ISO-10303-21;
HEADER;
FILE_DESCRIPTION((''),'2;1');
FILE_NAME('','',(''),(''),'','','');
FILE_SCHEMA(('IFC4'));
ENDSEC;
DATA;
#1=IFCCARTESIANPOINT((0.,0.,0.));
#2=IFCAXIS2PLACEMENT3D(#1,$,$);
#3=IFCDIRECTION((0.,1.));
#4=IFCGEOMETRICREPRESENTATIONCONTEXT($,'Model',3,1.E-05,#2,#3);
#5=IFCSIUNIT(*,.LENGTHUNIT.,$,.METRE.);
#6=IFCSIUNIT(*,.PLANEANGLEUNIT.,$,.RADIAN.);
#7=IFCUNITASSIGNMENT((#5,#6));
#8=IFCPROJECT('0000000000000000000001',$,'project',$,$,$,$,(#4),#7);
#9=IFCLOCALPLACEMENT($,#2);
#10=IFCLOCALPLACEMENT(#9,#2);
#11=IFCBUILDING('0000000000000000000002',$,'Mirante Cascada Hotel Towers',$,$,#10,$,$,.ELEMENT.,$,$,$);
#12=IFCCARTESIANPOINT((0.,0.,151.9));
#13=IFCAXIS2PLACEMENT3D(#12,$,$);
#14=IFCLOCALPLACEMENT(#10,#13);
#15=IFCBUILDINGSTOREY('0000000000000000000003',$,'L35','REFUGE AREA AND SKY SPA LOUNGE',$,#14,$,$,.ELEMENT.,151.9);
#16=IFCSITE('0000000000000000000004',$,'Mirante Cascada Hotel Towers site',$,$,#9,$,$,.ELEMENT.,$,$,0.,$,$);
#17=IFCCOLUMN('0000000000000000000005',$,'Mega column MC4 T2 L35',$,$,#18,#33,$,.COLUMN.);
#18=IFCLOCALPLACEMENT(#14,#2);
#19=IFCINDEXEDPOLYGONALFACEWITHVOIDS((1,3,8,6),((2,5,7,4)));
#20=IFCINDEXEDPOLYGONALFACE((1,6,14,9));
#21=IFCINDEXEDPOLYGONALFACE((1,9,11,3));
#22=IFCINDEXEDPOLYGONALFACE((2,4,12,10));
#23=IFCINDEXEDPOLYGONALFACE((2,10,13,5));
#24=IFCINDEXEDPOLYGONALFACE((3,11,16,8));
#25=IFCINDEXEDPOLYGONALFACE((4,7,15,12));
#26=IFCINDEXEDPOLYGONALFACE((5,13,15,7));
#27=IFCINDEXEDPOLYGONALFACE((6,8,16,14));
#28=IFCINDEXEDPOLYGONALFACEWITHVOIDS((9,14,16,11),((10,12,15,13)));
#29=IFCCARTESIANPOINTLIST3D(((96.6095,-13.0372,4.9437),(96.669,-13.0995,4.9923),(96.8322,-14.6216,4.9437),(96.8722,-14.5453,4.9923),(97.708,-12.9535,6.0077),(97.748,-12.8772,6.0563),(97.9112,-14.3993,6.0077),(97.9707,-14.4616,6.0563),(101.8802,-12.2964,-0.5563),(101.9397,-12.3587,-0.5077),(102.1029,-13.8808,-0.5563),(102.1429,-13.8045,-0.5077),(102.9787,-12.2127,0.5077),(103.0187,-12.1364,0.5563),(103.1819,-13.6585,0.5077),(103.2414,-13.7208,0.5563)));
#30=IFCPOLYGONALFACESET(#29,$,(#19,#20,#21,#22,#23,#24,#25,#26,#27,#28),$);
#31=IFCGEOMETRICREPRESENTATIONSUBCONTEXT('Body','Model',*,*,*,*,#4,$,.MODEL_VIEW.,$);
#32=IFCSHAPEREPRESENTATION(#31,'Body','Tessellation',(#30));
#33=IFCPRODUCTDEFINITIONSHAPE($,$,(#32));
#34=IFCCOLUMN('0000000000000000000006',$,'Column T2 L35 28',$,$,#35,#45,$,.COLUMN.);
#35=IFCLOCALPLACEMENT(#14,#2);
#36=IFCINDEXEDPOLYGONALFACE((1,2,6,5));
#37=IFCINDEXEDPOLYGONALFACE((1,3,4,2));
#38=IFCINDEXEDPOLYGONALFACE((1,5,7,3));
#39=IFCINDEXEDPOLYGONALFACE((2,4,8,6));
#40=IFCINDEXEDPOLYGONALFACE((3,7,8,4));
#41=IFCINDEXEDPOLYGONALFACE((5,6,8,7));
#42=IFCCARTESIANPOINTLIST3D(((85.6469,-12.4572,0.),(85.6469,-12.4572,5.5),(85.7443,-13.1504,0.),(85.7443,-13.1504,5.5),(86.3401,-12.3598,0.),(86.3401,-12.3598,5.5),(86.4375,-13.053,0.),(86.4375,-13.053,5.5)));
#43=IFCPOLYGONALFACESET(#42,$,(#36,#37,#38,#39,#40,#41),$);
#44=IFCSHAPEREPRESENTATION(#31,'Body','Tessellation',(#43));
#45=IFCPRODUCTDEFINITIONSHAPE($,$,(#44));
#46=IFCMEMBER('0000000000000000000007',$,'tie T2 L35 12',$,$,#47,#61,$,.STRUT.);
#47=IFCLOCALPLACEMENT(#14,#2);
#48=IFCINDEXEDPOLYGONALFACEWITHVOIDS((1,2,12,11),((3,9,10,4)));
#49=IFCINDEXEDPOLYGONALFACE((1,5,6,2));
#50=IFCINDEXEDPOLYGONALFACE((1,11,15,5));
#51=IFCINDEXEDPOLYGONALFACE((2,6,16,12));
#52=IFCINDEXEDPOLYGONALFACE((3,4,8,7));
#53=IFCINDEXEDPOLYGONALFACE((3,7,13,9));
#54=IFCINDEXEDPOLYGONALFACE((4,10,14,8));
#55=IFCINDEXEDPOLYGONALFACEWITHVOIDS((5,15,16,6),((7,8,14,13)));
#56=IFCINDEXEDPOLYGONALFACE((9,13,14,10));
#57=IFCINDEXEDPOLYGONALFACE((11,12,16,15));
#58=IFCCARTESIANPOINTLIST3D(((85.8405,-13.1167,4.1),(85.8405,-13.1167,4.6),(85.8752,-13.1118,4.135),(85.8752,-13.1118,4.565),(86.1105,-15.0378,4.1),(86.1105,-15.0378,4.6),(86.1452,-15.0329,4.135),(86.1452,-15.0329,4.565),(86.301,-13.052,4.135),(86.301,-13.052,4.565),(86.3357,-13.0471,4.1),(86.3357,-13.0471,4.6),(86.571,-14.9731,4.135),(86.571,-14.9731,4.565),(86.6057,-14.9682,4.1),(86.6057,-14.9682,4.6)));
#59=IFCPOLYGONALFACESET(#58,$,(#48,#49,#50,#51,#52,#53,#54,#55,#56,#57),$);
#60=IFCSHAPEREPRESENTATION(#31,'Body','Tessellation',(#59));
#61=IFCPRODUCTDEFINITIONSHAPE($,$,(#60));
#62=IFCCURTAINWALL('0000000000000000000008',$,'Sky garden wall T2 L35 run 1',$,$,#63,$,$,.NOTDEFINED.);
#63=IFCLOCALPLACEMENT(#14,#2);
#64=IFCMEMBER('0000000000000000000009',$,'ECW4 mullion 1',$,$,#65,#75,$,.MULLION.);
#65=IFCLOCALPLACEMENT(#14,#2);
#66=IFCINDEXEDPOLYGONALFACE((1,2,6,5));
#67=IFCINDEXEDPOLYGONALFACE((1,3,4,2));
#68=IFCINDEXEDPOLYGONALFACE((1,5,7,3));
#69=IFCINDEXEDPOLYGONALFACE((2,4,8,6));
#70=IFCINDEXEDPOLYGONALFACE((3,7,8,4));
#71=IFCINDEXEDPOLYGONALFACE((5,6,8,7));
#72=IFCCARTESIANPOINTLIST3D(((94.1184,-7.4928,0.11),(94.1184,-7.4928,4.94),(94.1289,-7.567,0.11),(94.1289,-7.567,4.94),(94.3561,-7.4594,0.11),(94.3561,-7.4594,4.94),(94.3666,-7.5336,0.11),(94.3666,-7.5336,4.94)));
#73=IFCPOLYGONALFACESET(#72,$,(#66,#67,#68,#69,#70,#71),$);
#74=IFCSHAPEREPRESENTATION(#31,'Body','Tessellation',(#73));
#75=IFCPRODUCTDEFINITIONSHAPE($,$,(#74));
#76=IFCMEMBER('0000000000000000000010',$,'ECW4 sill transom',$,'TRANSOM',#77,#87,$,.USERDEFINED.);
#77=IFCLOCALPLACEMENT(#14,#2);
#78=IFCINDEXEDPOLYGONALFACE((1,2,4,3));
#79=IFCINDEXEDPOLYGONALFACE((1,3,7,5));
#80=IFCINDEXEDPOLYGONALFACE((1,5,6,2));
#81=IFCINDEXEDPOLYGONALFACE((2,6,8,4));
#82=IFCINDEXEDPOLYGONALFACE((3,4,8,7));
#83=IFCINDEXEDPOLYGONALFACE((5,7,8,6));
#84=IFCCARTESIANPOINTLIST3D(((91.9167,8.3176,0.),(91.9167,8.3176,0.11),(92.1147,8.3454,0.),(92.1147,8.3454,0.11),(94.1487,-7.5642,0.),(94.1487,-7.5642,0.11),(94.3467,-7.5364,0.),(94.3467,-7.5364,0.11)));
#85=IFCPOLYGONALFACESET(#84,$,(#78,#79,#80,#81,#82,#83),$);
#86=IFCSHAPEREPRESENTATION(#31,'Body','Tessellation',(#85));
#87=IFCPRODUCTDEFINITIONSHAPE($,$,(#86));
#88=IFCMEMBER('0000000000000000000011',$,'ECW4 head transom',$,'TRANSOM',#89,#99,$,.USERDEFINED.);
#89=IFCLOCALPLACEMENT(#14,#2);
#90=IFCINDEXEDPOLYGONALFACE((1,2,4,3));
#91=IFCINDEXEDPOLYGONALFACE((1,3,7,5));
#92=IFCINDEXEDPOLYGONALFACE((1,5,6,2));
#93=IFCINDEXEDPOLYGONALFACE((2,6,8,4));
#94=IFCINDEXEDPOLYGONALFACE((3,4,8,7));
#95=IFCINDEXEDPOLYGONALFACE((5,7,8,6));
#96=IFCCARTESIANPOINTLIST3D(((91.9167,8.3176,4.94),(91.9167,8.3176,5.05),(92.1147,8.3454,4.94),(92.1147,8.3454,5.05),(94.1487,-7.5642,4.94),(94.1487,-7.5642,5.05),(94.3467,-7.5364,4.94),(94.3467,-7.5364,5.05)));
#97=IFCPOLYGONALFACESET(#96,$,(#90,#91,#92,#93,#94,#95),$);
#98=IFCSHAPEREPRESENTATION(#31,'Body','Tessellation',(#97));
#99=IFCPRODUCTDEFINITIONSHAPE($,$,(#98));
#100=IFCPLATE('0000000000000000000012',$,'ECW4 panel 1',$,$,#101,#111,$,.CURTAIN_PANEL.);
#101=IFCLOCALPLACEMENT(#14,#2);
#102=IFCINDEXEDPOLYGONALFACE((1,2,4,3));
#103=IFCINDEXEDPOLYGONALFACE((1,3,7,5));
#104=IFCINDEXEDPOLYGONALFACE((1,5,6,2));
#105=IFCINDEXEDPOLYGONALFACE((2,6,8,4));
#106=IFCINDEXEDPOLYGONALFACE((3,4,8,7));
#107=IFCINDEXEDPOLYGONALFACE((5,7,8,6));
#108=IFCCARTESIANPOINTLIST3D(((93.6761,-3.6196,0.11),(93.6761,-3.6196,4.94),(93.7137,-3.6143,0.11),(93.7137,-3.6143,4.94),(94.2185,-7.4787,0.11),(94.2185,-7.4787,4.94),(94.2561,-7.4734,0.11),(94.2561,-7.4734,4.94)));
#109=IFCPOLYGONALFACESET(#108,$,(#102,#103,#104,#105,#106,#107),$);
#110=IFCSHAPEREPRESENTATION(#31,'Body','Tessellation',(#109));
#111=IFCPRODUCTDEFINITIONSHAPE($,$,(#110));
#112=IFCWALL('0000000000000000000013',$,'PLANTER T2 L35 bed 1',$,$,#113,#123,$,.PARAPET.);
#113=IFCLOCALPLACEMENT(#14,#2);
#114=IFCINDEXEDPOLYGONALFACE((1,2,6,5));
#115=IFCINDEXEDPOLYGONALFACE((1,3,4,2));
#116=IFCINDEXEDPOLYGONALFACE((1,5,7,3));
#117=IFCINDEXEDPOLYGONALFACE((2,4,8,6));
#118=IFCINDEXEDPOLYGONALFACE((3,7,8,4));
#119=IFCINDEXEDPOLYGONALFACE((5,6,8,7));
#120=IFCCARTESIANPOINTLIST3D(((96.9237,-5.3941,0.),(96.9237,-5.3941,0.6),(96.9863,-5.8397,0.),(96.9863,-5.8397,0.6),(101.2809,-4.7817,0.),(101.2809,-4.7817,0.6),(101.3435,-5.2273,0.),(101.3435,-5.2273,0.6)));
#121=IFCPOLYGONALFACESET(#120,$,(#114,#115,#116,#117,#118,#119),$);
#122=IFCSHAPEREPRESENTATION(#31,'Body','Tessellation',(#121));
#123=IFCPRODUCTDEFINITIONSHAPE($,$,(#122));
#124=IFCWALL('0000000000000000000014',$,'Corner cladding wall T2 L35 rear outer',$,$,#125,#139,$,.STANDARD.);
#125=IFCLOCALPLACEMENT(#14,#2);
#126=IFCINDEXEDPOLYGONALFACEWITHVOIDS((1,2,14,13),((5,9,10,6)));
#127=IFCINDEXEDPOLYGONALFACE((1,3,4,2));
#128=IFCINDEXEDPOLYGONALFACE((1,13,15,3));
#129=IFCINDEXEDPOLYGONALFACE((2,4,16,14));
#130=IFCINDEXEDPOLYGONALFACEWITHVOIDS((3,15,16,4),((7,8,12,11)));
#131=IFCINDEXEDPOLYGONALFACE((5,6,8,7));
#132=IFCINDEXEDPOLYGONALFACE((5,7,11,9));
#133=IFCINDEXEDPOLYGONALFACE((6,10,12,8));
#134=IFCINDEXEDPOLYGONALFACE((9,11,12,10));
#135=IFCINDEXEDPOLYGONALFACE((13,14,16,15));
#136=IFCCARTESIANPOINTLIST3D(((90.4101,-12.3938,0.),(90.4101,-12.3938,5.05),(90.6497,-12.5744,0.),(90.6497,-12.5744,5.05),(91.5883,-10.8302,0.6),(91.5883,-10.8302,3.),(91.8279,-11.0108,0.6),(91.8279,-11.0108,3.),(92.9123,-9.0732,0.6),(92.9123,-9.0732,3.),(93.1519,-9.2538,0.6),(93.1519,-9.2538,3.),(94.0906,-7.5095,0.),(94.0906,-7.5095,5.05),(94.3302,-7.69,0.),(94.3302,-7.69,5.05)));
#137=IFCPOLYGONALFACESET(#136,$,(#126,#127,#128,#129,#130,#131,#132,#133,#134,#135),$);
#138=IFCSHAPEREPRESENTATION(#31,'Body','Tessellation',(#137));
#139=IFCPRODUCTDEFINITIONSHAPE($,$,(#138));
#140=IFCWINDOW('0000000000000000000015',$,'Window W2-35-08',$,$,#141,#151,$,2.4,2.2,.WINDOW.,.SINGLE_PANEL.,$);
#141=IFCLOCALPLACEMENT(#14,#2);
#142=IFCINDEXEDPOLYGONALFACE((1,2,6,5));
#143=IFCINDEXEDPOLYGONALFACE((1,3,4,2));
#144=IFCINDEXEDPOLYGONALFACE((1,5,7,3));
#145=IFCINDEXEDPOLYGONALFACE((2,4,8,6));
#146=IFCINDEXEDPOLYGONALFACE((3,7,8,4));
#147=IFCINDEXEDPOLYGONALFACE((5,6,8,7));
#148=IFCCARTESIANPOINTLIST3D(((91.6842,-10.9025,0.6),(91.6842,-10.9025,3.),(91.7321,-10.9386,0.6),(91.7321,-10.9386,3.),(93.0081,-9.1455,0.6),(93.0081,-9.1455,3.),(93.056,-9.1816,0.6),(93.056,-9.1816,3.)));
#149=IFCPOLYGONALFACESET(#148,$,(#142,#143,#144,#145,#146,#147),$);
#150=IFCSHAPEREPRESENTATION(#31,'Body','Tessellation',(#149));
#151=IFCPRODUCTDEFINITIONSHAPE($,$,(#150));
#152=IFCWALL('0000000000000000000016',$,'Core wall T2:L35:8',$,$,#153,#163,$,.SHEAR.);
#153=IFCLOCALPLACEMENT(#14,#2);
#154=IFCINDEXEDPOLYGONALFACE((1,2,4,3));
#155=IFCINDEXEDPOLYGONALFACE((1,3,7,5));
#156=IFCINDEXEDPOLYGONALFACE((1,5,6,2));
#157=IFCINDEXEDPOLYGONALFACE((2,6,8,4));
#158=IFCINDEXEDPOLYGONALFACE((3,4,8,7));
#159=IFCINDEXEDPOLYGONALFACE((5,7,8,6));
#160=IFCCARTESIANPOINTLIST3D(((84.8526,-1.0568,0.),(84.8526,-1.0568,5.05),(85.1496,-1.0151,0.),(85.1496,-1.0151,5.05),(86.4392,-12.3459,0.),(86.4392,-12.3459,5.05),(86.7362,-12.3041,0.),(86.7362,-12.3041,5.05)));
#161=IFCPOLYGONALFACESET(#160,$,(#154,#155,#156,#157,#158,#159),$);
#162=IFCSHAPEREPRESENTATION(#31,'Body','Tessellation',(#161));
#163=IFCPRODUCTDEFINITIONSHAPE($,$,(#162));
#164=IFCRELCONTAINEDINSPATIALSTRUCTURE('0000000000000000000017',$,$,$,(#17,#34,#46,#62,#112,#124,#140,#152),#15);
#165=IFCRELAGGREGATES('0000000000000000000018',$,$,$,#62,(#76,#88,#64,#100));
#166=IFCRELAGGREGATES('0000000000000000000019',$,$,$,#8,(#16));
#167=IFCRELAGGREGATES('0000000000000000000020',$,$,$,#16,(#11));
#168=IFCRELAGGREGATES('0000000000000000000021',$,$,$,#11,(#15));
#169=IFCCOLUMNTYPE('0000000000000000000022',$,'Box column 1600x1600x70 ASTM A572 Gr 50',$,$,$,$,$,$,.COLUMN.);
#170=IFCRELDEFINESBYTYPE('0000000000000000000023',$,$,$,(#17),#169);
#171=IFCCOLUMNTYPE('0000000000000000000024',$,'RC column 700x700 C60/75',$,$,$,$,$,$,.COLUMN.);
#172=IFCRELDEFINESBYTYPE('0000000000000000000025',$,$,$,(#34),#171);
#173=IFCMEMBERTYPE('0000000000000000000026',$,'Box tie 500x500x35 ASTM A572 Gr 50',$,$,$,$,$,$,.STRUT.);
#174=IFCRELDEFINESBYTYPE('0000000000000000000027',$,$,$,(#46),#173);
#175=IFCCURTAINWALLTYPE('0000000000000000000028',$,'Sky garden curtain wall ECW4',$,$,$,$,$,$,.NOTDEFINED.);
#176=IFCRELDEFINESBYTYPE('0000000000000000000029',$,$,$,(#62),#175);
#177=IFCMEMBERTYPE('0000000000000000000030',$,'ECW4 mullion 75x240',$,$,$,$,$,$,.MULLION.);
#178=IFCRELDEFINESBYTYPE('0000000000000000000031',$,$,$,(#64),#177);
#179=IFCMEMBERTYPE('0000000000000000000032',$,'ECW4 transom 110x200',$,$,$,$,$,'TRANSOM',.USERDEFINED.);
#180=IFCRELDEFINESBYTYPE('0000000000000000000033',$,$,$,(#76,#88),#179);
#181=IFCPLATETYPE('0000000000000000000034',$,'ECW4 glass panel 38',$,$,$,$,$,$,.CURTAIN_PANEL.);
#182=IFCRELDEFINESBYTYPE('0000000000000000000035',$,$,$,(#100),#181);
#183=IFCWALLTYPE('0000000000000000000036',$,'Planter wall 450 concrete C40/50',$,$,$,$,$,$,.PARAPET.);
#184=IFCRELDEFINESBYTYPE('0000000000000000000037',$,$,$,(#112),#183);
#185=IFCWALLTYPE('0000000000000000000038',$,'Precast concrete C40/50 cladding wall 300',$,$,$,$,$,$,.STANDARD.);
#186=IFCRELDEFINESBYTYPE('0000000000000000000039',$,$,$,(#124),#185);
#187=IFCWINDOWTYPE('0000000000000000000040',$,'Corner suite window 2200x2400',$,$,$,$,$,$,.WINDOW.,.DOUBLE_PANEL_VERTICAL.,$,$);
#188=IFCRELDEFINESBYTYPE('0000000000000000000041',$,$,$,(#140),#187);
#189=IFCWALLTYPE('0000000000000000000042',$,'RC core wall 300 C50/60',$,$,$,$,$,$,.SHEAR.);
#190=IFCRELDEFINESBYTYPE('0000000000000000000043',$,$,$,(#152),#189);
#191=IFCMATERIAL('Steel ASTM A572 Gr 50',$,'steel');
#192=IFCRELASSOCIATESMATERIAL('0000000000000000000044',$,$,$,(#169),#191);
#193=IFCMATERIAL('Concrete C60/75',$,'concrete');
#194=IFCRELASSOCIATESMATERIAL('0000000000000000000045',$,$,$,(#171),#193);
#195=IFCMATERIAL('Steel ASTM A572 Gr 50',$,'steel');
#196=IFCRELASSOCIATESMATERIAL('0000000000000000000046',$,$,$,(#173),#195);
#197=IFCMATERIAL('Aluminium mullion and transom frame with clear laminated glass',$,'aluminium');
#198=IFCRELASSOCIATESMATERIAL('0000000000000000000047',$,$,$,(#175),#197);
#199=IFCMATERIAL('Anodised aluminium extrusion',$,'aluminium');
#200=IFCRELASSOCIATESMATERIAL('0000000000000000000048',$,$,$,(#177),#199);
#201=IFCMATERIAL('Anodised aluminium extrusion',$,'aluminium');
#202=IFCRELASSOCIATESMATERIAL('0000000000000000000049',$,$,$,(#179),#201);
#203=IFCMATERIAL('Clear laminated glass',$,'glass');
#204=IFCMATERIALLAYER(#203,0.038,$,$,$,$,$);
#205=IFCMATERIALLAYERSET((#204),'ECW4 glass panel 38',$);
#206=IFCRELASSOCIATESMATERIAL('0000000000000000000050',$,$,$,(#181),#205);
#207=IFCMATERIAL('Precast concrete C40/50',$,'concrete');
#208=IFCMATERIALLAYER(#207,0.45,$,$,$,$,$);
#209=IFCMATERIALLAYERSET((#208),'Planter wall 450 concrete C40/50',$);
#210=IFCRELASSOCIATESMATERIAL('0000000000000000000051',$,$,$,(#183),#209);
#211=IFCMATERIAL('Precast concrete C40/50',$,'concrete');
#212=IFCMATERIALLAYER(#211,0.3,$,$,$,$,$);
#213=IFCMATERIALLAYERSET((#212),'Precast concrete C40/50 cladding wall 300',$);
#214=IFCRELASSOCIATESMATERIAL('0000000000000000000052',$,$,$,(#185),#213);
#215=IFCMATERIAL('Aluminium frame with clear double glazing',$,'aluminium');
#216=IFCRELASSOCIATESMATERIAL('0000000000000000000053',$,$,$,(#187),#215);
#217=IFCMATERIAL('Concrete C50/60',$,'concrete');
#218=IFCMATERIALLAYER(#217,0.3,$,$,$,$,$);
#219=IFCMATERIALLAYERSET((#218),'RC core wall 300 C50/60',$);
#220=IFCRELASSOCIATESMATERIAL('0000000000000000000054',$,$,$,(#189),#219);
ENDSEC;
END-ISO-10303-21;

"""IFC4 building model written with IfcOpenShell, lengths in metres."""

from ifc_helpers import new_model, si_unit, direction, frame, frame_2d, origin, origin_2d, place, context, subcontext, project, spatial, rectangle, hollow_rectangle, extrude, material, layer, layer_set, material_profile, profile_set, type_object, element, fill, aggregate, save


model = new_model("IFC4")

# Units and contexts
model_context = context("Model", 3, precision=1e-05, world=origin(), true_north=direction((0.0, 1.0)))
body_context = subcontext(model_context, "Body", "Model", "MODEL_VIEW")
ifc_project = project(units=[si_unit("LENGTHUNIT", "METRE"), si_unit("PLANEANGLEUNIT", "RADIAN")], contexts=[model_context])

# Site, building, storey
site_placement = place(None, origin())
site = spatial("IfcSite", under=ifc_project, at=site_placement, Name="Mirante Cascada Hotel Towers site", CompositionType="ELEMENT", RefElevation=0.0)
building_placement = place(site_placement, origin())
building = spatial("IfcBuilding", under=site, at=building_placement, Name="Mirante Cascada Hotel Towers", CompositionType="ELEMENT")
storey_placement = place(building_placement, frame((0.0, 0.0, 151.9)))
storey = spatial("IfcBuildingStorey", under=building, at=storey_placement, Name="L35", Description="REFUGE AREA AND SKY SPA LOUNGE", CompositionType="ELEMENT", Elevation=151.9)

# Columns
ifc_material_1 = material(Name="Steel ASTM A572 Gr 50", Category="steel")
ifc_material_profile_1 = material_profile(ifc_material_1, hollow_rectangle(XDim=1.6, YDim=1.6, WallThickness=0.07, at=origin_2d()), Name="Box column 1600x1600x70 ASTM A572 Gr 50")
ifc_profile_set_1 = profile_set([ifc_material_profile_1], Name="Steel ASTM A572 Gr 50")
column_type_1 = type_object("IfcColumnType", Name="Box column 1600x1600x70 ASTM A572 Gr 50", PredefinedType="COLUMN", material=ifc_profile_set_1)
column_1_placement = place(storey_placement, frame((102.5608, -13.0086, 0.0), z_axis=(-0.688648, -0.09679, 0.718607), x_axis=(0.139183, -0.990267, 0.0)))
element("IfcColumn", 1, at=column_1_placement, inside=storey, type_object=column_type_1, Name="Mega column MC4 T2 L35", PredefinedType="COLUMN", context=body_context, shape_type="SweptSolid", body=[
    extrude(hollow_rectangle(XDim=1.6, YDim=1.6, WallThickness=0.07, at=origin_2d()), origin(), (0.0, 0.0, 1.0), 7.6537),
])
ifc_material_2 = material(Name="Concrete C60/75", Category="concrete")
ifc_material_profile_2 = material_profile(ifc_material_2, rectangle(XDim=0.7, YDim=0.7, at=origin_2d()), Name="RC column 700x700 C60/75")
ifc_profile_set_2 = profile_set([ifc_material_profile_2], Name="Concrete C60/75")
column_type_2 = type_object("IfcColumnType", Name="RC column 700x700 C60/75", PredefinedType="COLUMN", material=ifc_profile_set_2)
column_2_placement = place(storey_placement, frame((86.0422, -12.7551, 0.0), z_axis=(0.0, 0.0, 1.0), x_axis=(0.990268, 0.139173, 0.0)))
element("IfcColumn", 2, at=column_2_placement, inside=storey, type_object=column_type_2, Name="Column T2 L35 28", PredefinedType="COLUMN", context=body_context, shape_type="SweptSolid", body=[
    extrude(rectangle(XDim=0.7, YDim=0.7, at=origin_2d()), origin(), (0.0, 0.0, 1.0), 5.5),
])

# Member
ifc_material_3 = material(Name="Steel ASTM A572 Gr 50", Category="steel")
ifc_material_profile_3 = material_profile(ifc_material_3, hollow_rectangle(XDim=0.5, YDim=0.5, WallThickness=0.035, at=origin_2d()), Name="Box tie 500x500x35 ASTM A572 Gr 50")
ifc_profile_set_3 = profile_set([ifc_material_profile_3], Name="Steel ASTM A572 Gr 50")
member_type_1 = type_object("IfcMemberType", Name="Box tie 500x500x35 ASTM A572 Gr 50", PredefinedType="STRUT", material=ifc_profile_set_3)
member_1_placement = place(storey_placement, frame((86.0881, -13.0819, 4.35), z_axis=(0.139177, -0.990268, 0.0), x_axis=(0.990268, 0.139177, 0.0)))
element("IfcMember", 3, at=member_1_placement, inside=storey, type_object=member_type_1, Name="tie T2 L35 12", PredefinedType="STRUT", context=body_context, shape_type="SweptSolid", body=[
    extrude(hollow_rectangle(XDim=0.5, YDim=0.5, WallThickness=0.035, at=origin_2d()), origin(), (0.0, 0.0, 1.0), 1.94),
])

# Curtain wall, members, plate
ifc_material_4 = material(Name="Aluminium mullion and transom frame with clear laminated glass", Category="aluminium")
curtain_wall_type = type_object("IfcCurtainWallType", Name="Sky garden curtain wall ECW4", PredefinedType="NOTDEFINED", material=ifc_material_4)
curtain_wall_placement = place(storey_placement, origin())
curtain_wall = element("IfcCurtainWall", 4, at=curtain_wall_placement, inside=storey, type_object=curtain_wall_type, Name="Sky garden wall T2 L35 run 1", PredefinedType="NOTDEFINED")
ifc_material_5 = material(Name="Anodised aluminium extrusion", Category="aluminium")
ifc_material_profile_4 = material_profile(ifc_material_5, rectangle(XDim=0.24, YDim=0.075, at=origin_2d()), Name="ECW4 MULLION 75x240")
ifc_profile_set_4 = profile_set([ifc_material_profile_4], Name="Anodised aluminium extrusion")
member_type_2 = type_object("IfcMemberType", Name="ECW4 mullion 75x240", PredefinedType="MULLION", material=ifc_profile_set_4)
member_2_placement = place(storey_placement, frame((94.2425, -7.5132, 0.11), z_axis=(0.0, 0.0, 1.0), x_axis=(-0.990268, -0.139173, 0.0)))
member_2 = element("IfcMember", 5, at=member_2_placement, type_object=member_type_2, Name="ECW4 mullion 1", PredefinedType="MULLION", context=body_context, shape_type="SweptSolid", body=[
    extrude(rectangle(XDim=0.24, YDim=0.075, at=origin_2d()), origin(), (0.0, 0.0, 1.0), 4.83),
])
ifc_material_6 = material(Name="Anodised aluminium extrusion", Category="aluminium")
ifc_material_profile_5 = material_profile(ifc_material_6, rectangle(XDim=0.2, YDim=0.11, at=origin_2d()), Name="ECW4 TRANSOM 110x200")
ifc_profile_set_5 = profile_set([ifc_material_profile_5], Name="Anodised aluminium extrusion")
member_type_3 = type_object("IfcMemberType", Name="ECW4 transom 110x200", ElementType="TRANSOM", PredefinedType="USERDEFINED", material=ifc_profile_set_5)
member_3_placement = place(storey_placement, frame((94.2477, -7.5503, 0.055), z_axis=(-0.139171, 0.990268, 0.0), x_axis=(-0.990268, -0.139171, 0.0)))
member_3 = element("IfcMember", 6, at=member_3_placement, type_object=member_type_3, Name="ECW4 sill transom", ObjectType="TRANSOM", PredefinedType="USERDEFINED", context=body_context, shape_type="SweptSolid", body=[
    extrude(rectangle(XDim=0.2, YDim=0.11, at=origin_2d()), origin(), (0.0, 0.0, 1.0), 16.0379),
])
member_4_placement = place(storey_placement, frame((94.2477, -7.5503, 4.995), z_axis=(-0.139171, 0.990268, 0.0), x_axis=(-0.990268, -0.139171, 0.0)))
member_4 = element("IfcMember", 7, at=member_4_placement, type_object=member_type_3, Name="ECW4 head transom", ObjectType="TRANSOM", PredefinedType="USERDEFINED", context=body_context, shape_type="SweptSolid", body=[
    extrude(rectangle(XDim=0.2, YDim=0.11, at=origin_2d()), origin(), (0.0, 0.0, 1.0), 16.0379),
])
ifc_material_7 = material(Name="Clear laminated glass", Category="glass")
ifc_layer_1 = layer(ifc_material_7, 0.038)
ifc_layer_set_1 = layer_set([ifc_layer_1], Name="ECW4 glass panel 38")
plate_type = type_object("IfcPlateType", Name="ECW4 glass panel 38", PredefinedType="CURTAIN_PANEL", material=ifc_layer_set_1)
plate_placement = place(storey_placement, frame((93.9661, -5.5465, 0.11), z_axis=(0.0, 0.0, 1.0), x_axis=(-0.139173, 0.990268, 0.0)))
plate = element("IfcPlate", 8, at=plate_placement, type_object=plate_type, Name="ECW4 panel 1", PredefinedType="CURTAIN_PANEL", context=body_context, shape_type="SweptSolid", body=[
    extrude(rectangle(XDim=3.897, YDim=0.038, at=origin_2d()), origin(), (0.0, 0.0, 1.0), 4.83),
])
aggregate(curtain_wall, [member_3, member_4, member_2, plate])

# Wall
ifc_material_8 = material(Name="Precast concrete C40/50", Category="concrete")
ifc_layer_2 = layer(ifc_material_8, 0.45)
ifc_layer_set_2 = layer_set([ifc_layer_2], Name="Planter wall 450 concrete C40/50")
wall_type_1 = type_object("IfcWallType", Name="Planter wall 450 concrete C40/50", PredefinedType="PARAPET", material=ifc_layer_set_2)
wall_1_placement = place(storey_placement, frame((96.955, -5.6169, 0.0), z_axis=(0.0, 0.0, 1.0), x_axis=(0.990267, 0.139181, 0.0)))
element("IfcWall", 9, at=wall_1_placement, inside=storey, type_object=wall_type_1, Name="PLANTER T2 L35 bed 1", PredefinedType="PARAPET", context=body_context, shape_type="SweptSolid", body=[
    extrude(rectangle(XDim=4.4, YDim=0.45, at=frame_2d((2.2, 0.0))), origin(), (0.0, 0.0, 1.0), 0.6),
])

# Wall, opening, window
ifc_material_9 = material(Name="Precast concrete C40/50", Category="concrete")
ifc_layer_3 = layer(ifc_material_9, 0.3)
ifc_layer_set_3 = layer_set([ifc_layer_3], Name="Precast concrete C40/50 cladding wall 300")
wall_type_2 = type_object("IfcWallType", Name="Precast concrete C40/50 cladding wall 300", PredefinedType="STANDARD", material=ifc_layer_set_3)
wall_2_placement = place(storey_placement, frame((90.5299, -12.4841, 0.0), z_axis=(0.0, 0.0, 1.0), x_axis=(0.601806, 0.798642, 0.0)))
wall_2 = element("IfcWall", 10, at=wall_2_placement, inside=storey, type_object=wall_type_2, Name="Corner cladding wall T2 L35 rear outer", PredefinedType="STANDARD", context=body_context, shape_type="SweptSolid", body=[
    extrude(rectangle(XDim=6.1158, YDim=0.3, at=frame_2d((3.0579, 0.0))), origin(), (0.0, 0.0, 1.0), 5.05),
])
opening_placement = place(wall_2_placement, frame((1.9578, 0.0, 0.6)))
opening = element("IfcOpeningElement", 11, at=opening_placement, cuts=wall_2, PredefinedType="OPENING", context=body_context, shape_type="SweptSolid", body=[
    extrude(rectangle(XDim=2.2, YDim=2.4, at=frame_2d((1.1, 1.2))), frame((0.0, 0.15, 0.0), z_axis=(0.0, -1.0, 0.0), x_axis=(1.0, 0.0, 0.0)), (0.0, 0.0, 1.0), 0.3),
])
ifc_material_10 = material(Name="Aluminium frame with clear double glazing", Category="aluminium")
window_type = type_object("IfcWindowType", Name="Corner suite window 2200x2400", PartitioningType="DOUBLE_PANEL_VERTICAL", PredefinedType="WINDOW", material=ifc_material_10)
window_placement = place(opening_placement, origin())
window = element("IfcWindow", 12, at=window_placement, inside=storey, type_object=window_type, Name="Window W2-35-08", OverallHeight=2.4, OverallWidth=2.2, PartitioningType="SINGLE_PANEL", PredefinedType="WINDOW", context=body_context, shape_type="SweptSolid", body=[
    extrude(rectangle(XDim=2.2, YDim=2.4, at=frame_2d((1.1, 1.2))), frame((0.0, 0.03, 0.0), z_axis=(0.0, -1.0, 0.0), x_axis=(1.0, 0.0, 0.0)), (0.0, 0.0, 1.0), 0.06),
])
fill(opening, window)

# Wall
ifc_material_11 = material(Name="Concrete C50/60", Category="concrete")
ifc_layer_4 = layer(ifc_material_11, 0.3)
ifc_layer_set_4 = layer_set([ifc_layer_4], Name="RC core wall 300 C50/60")
wall_type_3 = type_object("IfcWallType", Name="RC core wall 300 C50/60", PredefinedType="SHEAR", material=ifc_layer_set_4)
wall_3_placement = place(storey_placement, frame((86.5877, -12.325, 0.0), z_axis=(0.0, 0.0, 1.0), x_axis=(-0.139175, 0.990268, 0.0)))
element("IfcWall", 13, at=wall_3_placement, inside=storey, type_object=wall_type_3, Name="Core wall T2:L35:8", PredefinedType="SHEAR", context=body_context, shape_type="SweptSolid", body=[
    extrude(rectangle(XDim=11.4, YDim=0.3, at=frame_2d((5.7, 0.0))), origin(), (0.0, 0.0, 1.0), 5.05),
])

save(model, "model.ifc")
